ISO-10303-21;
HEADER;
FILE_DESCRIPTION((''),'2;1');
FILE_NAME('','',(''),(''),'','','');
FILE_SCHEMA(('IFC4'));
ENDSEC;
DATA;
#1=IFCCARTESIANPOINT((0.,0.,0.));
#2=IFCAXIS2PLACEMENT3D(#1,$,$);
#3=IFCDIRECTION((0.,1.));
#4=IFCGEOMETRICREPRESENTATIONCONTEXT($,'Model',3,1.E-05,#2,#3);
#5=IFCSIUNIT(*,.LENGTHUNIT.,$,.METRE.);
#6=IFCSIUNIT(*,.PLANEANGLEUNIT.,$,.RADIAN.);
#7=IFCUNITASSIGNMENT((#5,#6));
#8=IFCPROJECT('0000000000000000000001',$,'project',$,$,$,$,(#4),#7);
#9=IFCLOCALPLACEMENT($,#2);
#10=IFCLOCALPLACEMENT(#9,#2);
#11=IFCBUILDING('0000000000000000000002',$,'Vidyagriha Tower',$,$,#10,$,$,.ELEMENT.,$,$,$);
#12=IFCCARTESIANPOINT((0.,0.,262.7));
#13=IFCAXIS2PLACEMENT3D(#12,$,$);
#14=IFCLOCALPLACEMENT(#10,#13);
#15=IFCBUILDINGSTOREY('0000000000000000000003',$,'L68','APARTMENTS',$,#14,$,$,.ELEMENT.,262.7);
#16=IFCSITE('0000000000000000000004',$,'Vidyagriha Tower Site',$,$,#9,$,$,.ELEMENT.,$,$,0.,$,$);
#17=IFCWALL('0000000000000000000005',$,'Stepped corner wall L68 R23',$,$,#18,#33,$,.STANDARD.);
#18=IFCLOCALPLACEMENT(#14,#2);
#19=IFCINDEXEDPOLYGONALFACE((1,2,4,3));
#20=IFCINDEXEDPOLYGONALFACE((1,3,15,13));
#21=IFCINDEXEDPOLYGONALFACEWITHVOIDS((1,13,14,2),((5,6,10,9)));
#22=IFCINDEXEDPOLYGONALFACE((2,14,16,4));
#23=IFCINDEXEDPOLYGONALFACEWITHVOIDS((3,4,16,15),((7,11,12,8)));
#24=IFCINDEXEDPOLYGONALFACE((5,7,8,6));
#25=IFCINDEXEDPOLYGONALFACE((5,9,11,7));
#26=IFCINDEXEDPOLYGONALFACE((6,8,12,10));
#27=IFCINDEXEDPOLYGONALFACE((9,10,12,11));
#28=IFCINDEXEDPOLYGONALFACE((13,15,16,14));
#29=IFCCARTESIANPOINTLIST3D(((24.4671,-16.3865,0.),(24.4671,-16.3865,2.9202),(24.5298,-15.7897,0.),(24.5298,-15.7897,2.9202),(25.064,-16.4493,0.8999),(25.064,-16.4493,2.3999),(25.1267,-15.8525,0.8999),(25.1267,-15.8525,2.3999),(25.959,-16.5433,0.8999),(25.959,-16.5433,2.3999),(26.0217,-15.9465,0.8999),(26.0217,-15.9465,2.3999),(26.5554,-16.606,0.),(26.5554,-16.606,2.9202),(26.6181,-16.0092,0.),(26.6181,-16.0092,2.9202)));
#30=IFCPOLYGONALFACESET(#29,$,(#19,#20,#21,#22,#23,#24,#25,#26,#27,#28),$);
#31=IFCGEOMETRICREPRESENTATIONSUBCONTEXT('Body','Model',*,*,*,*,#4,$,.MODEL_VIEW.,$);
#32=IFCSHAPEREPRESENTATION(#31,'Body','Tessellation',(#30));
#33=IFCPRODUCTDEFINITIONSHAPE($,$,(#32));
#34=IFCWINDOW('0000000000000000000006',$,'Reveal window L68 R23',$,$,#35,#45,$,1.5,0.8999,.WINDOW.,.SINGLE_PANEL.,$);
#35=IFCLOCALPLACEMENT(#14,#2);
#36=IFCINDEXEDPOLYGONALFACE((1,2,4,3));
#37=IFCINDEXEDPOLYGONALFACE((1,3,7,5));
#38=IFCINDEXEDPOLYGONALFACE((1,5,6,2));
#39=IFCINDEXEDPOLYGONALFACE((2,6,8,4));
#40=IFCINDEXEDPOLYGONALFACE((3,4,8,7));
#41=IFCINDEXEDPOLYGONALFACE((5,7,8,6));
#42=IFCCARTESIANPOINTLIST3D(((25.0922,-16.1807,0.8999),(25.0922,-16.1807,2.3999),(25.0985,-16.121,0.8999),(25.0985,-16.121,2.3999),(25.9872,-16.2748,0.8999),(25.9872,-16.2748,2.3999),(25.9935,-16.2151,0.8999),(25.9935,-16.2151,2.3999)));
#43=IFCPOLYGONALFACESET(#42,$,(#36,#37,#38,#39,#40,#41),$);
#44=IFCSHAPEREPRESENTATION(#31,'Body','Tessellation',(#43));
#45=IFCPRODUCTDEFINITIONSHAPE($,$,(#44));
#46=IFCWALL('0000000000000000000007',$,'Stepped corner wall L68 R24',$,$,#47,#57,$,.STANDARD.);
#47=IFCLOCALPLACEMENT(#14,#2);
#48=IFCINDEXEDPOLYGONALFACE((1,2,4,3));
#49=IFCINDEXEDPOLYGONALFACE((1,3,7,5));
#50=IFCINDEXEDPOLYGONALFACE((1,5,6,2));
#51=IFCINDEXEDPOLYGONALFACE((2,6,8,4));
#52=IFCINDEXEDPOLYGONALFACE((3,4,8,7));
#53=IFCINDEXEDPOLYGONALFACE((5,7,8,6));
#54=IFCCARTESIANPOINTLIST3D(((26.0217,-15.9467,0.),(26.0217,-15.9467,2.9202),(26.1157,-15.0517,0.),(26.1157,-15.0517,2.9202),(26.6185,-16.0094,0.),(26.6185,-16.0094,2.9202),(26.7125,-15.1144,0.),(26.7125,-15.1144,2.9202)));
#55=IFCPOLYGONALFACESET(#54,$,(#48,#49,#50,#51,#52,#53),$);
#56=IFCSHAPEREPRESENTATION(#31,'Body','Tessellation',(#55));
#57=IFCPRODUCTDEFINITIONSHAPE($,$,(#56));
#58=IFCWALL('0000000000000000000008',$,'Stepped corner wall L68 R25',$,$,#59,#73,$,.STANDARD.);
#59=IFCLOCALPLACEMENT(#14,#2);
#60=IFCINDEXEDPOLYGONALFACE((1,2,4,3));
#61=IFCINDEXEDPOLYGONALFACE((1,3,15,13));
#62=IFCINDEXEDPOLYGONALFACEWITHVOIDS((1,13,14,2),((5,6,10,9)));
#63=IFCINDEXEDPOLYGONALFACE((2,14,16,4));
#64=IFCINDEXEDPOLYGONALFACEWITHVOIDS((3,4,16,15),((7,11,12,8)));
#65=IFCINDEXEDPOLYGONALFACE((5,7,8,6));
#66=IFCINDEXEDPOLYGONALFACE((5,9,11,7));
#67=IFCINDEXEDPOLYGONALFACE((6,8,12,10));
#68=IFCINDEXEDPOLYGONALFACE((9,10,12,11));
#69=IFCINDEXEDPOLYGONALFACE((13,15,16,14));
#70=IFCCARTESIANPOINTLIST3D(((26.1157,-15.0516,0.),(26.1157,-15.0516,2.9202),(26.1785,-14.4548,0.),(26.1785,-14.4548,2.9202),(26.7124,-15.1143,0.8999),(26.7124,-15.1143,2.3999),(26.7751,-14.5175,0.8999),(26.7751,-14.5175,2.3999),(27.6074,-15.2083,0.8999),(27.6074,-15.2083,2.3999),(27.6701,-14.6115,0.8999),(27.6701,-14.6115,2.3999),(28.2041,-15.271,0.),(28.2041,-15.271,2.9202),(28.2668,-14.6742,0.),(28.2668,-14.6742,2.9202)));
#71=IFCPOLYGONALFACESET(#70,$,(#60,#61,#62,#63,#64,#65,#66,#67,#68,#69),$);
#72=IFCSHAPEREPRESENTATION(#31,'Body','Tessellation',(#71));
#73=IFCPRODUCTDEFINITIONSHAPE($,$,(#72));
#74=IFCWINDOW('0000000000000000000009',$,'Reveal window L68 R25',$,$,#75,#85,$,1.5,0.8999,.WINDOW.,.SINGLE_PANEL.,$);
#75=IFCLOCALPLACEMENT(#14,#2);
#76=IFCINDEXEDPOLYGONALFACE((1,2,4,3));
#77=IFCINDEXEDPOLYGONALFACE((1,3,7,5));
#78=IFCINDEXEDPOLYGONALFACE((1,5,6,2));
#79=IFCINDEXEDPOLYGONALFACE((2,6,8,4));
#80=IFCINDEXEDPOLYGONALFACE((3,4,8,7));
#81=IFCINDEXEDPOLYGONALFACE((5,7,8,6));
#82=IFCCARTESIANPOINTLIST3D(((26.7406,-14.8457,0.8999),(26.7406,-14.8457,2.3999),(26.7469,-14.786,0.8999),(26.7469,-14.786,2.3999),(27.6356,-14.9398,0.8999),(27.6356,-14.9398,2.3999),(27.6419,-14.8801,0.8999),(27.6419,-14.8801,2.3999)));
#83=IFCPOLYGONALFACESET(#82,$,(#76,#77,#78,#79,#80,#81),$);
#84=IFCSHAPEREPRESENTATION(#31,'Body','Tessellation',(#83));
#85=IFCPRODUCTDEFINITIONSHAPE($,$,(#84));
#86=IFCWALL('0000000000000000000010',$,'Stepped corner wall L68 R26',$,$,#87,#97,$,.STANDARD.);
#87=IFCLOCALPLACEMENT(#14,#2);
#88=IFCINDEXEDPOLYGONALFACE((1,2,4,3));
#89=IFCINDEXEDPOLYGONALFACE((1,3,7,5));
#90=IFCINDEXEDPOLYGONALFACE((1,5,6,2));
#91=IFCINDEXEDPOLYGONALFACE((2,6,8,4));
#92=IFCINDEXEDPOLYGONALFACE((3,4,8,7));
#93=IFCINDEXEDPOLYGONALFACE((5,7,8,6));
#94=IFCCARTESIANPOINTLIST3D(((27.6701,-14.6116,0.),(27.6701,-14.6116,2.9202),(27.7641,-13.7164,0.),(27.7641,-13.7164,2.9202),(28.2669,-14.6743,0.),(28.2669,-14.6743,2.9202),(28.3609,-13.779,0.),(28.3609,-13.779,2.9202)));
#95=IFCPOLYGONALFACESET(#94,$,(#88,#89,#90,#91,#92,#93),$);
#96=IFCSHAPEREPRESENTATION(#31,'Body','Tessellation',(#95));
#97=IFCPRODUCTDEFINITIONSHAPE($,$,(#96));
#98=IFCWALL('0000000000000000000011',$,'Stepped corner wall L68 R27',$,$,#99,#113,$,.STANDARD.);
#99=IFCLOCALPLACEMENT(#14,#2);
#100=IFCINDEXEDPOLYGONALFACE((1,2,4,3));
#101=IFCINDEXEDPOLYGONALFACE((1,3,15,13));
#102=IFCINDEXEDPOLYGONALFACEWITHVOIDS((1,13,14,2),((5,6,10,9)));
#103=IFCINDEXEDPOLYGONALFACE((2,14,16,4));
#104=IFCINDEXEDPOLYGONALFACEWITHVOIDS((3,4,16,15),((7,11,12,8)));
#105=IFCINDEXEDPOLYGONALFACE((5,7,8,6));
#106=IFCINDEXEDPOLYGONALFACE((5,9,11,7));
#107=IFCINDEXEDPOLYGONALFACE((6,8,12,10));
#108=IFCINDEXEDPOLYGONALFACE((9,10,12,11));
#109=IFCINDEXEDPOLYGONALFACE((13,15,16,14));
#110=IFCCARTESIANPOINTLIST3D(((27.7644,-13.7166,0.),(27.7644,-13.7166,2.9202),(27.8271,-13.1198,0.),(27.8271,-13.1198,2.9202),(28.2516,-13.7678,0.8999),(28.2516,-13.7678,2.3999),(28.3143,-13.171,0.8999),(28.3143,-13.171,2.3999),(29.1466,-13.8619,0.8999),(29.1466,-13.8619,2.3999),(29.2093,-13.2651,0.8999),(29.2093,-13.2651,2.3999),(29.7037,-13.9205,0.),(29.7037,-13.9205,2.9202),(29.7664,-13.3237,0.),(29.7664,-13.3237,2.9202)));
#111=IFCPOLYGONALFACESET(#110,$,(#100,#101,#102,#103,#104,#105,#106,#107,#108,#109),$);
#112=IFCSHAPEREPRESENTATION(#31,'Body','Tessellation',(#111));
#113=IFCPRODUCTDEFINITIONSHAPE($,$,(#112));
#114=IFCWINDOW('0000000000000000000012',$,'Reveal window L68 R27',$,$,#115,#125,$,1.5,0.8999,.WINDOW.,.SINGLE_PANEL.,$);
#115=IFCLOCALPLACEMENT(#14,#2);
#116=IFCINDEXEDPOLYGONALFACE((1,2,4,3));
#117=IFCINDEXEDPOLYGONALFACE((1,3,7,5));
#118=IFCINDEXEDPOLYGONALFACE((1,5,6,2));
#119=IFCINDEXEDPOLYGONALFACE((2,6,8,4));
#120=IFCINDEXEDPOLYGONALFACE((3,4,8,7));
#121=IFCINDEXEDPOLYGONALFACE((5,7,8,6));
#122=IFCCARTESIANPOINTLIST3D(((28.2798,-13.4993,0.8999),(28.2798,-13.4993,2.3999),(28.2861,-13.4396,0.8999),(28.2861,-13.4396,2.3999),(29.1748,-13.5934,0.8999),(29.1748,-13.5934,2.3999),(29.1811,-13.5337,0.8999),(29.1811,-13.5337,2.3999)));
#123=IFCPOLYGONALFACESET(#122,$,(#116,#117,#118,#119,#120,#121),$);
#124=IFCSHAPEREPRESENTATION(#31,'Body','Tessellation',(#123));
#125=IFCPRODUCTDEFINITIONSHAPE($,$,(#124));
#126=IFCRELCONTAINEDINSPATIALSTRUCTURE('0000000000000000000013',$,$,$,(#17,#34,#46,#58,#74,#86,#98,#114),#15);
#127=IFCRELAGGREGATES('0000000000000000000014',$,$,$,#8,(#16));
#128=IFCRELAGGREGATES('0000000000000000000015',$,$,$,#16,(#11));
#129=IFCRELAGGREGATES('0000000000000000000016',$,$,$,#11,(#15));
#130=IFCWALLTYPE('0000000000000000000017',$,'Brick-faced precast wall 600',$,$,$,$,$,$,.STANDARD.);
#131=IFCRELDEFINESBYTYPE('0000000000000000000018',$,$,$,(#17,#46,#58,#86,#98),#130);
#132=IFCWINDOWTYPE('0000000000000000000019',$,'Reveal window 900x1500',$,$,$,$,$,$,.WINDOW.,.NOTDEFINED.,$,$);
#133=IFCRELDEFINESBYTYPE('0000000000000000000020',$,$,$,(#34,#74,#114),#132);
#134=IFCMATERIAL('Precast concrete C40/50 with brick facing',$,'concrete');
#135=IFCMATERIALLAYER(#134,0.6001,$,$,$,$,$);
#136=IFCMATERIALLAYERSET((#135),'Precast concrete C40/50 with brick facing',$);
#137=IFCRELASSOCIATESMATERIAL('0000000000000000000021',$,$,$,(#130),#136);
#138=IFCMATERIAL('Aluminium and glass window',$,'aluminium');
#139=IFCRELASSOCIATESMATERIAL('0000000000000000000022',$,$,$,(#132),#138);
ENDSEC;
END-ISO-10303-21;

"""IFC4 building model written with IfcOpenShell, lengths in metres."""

from ifc_helpers import new_model, si_unit, direction, frame, frame_2d, origin, place, context, subcontext, project, spatial, rectangle, extrude, material, layer, layer_set, type_object, element, fill, save


model = new_model("IFC4")

# Units and contexts
model_context = context("Model", 3, precision=1e-05, world=origin(), true_north=direction((0.0, 1.0)))
body_context = subcontext(model_context, "Body", "Model", "MODEL_VIEW")
ifc_project = project(units=[si_unit("LENGTHUNIT", "METRE"), si_unit("PLANEANGLEUNIT", "RADIAN")], contexts=[model_context])

# Site, building, storey
site_placement = place(None, origin())
site = spatial("IfcSite", under=ifc_project, at=site_placement, Name="Vidyagriha Tower Site", CompositionType="ELEMENT", RefElevation=0.0)
building_placement = place(site_placement, origin())
building = spatial("IfcBuilding", under=site, at=building_placement, Name="Vidyagriha Tower", CompositionType="ELEMENT")
storey_placement = place(building_placement, frame((0.0, 0.0, 262.7)))
storey = spatial("IfcBuildingStorey", under=building, at=storey_placement, Name="L68", Description="APARTMENTS", CompositionType="ELEMENT", Elevation=262.7)

# Shared definitions
ifc_material_1 = material(Name="Precast concrete C40/50 with brick facing", Category="concrete")
ifc_layer_1 = layer(ifc_material_1, 0.6001)
ifc_layer_set_1 = layer_set([ifc_layer_1], Name="Precast concrete C40/50 with brick facing")
wall_type_1 = type_object("IfcWallType", Name="Brick-faced precast wall 600", PredefinedType="STANDARD", material=ifc_layer_set_1)

# Wall, opening, window
wall_1_placement = place(storey_placement, frame((24.4985, -16.0881, 0.0), z_axis=(0.0, 0.0, 1.0), x_axis=(0.994523, -0.104521, 0.0)))
wall_1 = element("IfcWall", 1, at=wall_1_placement, inside=storey, type_object=wall_type_1, Name="Stepped corner wall L68 R23", PredefinedType="STANDARD", context=body_context, shape_type="SweptSolid", body=[
    extrude(rectangle(XDim=2.0999, YDim=0.6001, at=frame_2d((1.0498, 0.0))), origin(), (0.0, 0.0, 1.0), 2.9202),
])
opening_1_placement = place(wall_1_placement, frame((0.6001, 0.0, 0.8999)))
opening_1 = element("IfcOpeningElement", 2, at=opening_1_placement, cuts=wall_1, PredefinedType="OPENING", context=body_context, shape_type="SweptSolid", body=[
    extrude(rectangle(XDim=0.8999, YDim=1.5, at=frame_2d((0.45, 0.75))), frame((0.0, 0.3101, 0.0), z_axis=(0.0, -1.0, 0.0), x_axis=(1.0, 0.0, 0.0)), (0.0, 0.0, 1.0), 0.6201),
])
ifc_material_2 = material(Name="Aluminium and glass window", Category="aluminium")
window_type = type_object("IfcWindowType", Name="Reveal window 900x1500", PartitioningType="NOTDEFINED", PredefinedType="WINDOW", material=ifc_material_2)
window_1_placement = place(opening_1_placement, origin())
window_1 = element("IfcWindow", 3, at=window_1_placement, inside=storey, type_object=window_type, Name="Reveal window L68 R23", OverallHeight=1.5, OverallWidth=0.8999, PartitioningType="SINGLE_PANEL", PredefinedType="WINDOW", context=body_context, shape_type="SweptSolid", body=[
    extrude(rectangle(XDim=0.8999, YDim=1.5, at=frame_2d((0.45, 0.75))), frame((0.0, 0.03, 0.0), z_axis=(0.0, -1.0, 0.0), x_axis=(1.0, 0.0, 0.0)), (0.0, 0.0, 1.0), 0.0601),
])
fill(opening_1, window_1)

# Wall
wall_2_placement = place(storey_placement, frame((26.3201, -15.978, 0.0), z_axis=(0.0, 0.0, 1.0), x_axis=(0.104445, 0.994531, 0.0)))
element("IfcWall", 4, at=wall_2_placement, inside=storey, type_object=wall_type_1, Name="Stepped corner wall L68 R24", PredefinedType="STANDARD", context=body_context, shape_type="SweptSolid", body=[
    extrude(rectangle(XDim=0.8999, YDim=0.6001, at=frame_2d((0.45, 0.0))), origin(), (0.0, 0.0, 1.0), 2.9202),
])

# Wall, opening, window
wall_3_placement = place(storey_placement, frame((26.1472, -14.7532, 0.0), z_axis=(0.0, 0.0, 1.0), x_axis=(0.994523, -0.104521, 0.0)))
wall_3 = element("IfcWall", 5, at=wall_3_placement, inside=storey, type_object=wall_type_1, Name="Stepped corner wall L68 R25", PredefinedType="STANDARD", context=body_context, shape_type="SweptSolid", body=[
    extrude(rectangle(XDim=2.0999, YDim=0.6001, at=frame_2d((1.0498, 0.0))), origin(), (0.0, 0.0, 1.0), 2.9202),
])
opening_2_placement = place(wall_3_placement, frame((0.5999, 0.0, 0.8999)))
opening_2 = element("IfcOpeningElement", 6, at=opening_2_placement, cuts=wall_3, PredefinedType="OPENING", context=body_context, shape_type="SweptSolid", body=[
    extrude(rectangle(XDim=0.8999, YDim=1.5, at=frame_2d((0.45, 0.75))), frame((0.0, 0.3101, 0.0), z_axis=(0.0, -1.0, 0.0), x_axis=(1.0, 0.0, 0.0)), (0.0, 0.0, 1.0), 0.6201),
])
window_2_placement = place(opening_2_placement, origin())
window_2 = element("IfcWindow", 7, at=window_2_placement, inside=storey, type_object=window_type, Name="Reveal window L68 R25", OverallHeight=1.5, OverallWidth=0.8999, PartitioningType="SINGLE_PANEL", PredefinedType="WINDOW", context=body_context, shape_type="SweptSolid", body=[
    extrude(rectangle(XDim=0.8999, YDim=1.5, at=frame_2d((0.45, 0.75))), frame((0.0, 0.03, 0.0), z_axis=(0.0, -1.0, 0.0), x_axis=(1.0, 0.0, 0.0)), (0.0, 0.0, 1.0), 0.0601),
])
fill(opening_2, window_2)

# Wall
wall_4_placement = place(storey_placement, frame((27.9685, -14.6431, 0.0), z_axis=(0.0, 0.0, 1.0), x_axis=(0.104417, 0.994534, 0.0)))
element("IfcWall", 8, at=wall_4_placement, inside=storey, type_object=wall_type_1, Name="Stepped corner wall L68 R26", PredefinedType="STANDARD", context=body_context, shape_type="SweptSolid", body=[
    extrude(rectangle(XDim=0.9001, YDim=0.6001, at=frame_2d((0.4502, 0.0))), origin(), (0.0, 0.0, 1.0), 2.9202),
])

# Wall, opening, window
wall_5_placement = place(storey_placement, frame((27.7957, -13.4182, 0.0), z_axis=(0.0, 0.0, 1.0), x_axis=(0.99452, -0.104548, 0.0)))
wall_5 = element("IfcWall", 9, at=wall_5_placement, inside=storey, type_object=wall_type_1, Name="Stepped corner wall L68 R27", PredefinedType="STANDARD", context=body_context, shape_type="SweptSolid", body=[
    extrude(rectangle(XDim=1.95, YDim=0.6001, at=frame_2d((0.9751, 0.0))), origin(), (0.0, 0.0, 1.0), 2.9202),
])
opening_3_placement = place(wall_5_placement, frame((0.49, 0.0, 0.8999)))
opening_3 = element("IfcOpeningElement", 10, at=opening_3_placement, cuts=wall_5, PredefinedType="OPENING", context=body_context, shape_type="SweptSolid", body=[
    extrude(rectangle(XDim=0.8999, YDim=1.5, at=frame_2d((0.45, 0.75))), frame((0.0, 0.3101, 0.0), z_axis=(0.0, -1.0, 0.0), x_axis=(1.0, 0.0, 0.0)), (0.0, 0.0, 1.0), 0.6201),
])
window_3_placement = place(opening_3_placement, origin())
window_3 = element("IfcWindow", 11, at=window_3_placement, inside=storey, type_object=window_type, Name="Reveal window L68 R27", OverallHeight=1.5, OverallWidth=0.8999, PartitioningType="SINGLE_PANEL", PredefinedType="WINDOW", context=body_context, shape_type="SweptSolid", body=[
    extrude(rectangle(XDim=0.8999, YDim=1.5, at=frame_2d((0.45, 0.75))), frame((0.0, 0.03, 0.0), z_axis=(0.0, -1.0, 0.0), x_axis=(1.0, 0.0, 0.0)), (0.0, 0.0, 1.0), 0.0601),
])
fill(opening_3, window_3)

save(model, "model.ifc")
